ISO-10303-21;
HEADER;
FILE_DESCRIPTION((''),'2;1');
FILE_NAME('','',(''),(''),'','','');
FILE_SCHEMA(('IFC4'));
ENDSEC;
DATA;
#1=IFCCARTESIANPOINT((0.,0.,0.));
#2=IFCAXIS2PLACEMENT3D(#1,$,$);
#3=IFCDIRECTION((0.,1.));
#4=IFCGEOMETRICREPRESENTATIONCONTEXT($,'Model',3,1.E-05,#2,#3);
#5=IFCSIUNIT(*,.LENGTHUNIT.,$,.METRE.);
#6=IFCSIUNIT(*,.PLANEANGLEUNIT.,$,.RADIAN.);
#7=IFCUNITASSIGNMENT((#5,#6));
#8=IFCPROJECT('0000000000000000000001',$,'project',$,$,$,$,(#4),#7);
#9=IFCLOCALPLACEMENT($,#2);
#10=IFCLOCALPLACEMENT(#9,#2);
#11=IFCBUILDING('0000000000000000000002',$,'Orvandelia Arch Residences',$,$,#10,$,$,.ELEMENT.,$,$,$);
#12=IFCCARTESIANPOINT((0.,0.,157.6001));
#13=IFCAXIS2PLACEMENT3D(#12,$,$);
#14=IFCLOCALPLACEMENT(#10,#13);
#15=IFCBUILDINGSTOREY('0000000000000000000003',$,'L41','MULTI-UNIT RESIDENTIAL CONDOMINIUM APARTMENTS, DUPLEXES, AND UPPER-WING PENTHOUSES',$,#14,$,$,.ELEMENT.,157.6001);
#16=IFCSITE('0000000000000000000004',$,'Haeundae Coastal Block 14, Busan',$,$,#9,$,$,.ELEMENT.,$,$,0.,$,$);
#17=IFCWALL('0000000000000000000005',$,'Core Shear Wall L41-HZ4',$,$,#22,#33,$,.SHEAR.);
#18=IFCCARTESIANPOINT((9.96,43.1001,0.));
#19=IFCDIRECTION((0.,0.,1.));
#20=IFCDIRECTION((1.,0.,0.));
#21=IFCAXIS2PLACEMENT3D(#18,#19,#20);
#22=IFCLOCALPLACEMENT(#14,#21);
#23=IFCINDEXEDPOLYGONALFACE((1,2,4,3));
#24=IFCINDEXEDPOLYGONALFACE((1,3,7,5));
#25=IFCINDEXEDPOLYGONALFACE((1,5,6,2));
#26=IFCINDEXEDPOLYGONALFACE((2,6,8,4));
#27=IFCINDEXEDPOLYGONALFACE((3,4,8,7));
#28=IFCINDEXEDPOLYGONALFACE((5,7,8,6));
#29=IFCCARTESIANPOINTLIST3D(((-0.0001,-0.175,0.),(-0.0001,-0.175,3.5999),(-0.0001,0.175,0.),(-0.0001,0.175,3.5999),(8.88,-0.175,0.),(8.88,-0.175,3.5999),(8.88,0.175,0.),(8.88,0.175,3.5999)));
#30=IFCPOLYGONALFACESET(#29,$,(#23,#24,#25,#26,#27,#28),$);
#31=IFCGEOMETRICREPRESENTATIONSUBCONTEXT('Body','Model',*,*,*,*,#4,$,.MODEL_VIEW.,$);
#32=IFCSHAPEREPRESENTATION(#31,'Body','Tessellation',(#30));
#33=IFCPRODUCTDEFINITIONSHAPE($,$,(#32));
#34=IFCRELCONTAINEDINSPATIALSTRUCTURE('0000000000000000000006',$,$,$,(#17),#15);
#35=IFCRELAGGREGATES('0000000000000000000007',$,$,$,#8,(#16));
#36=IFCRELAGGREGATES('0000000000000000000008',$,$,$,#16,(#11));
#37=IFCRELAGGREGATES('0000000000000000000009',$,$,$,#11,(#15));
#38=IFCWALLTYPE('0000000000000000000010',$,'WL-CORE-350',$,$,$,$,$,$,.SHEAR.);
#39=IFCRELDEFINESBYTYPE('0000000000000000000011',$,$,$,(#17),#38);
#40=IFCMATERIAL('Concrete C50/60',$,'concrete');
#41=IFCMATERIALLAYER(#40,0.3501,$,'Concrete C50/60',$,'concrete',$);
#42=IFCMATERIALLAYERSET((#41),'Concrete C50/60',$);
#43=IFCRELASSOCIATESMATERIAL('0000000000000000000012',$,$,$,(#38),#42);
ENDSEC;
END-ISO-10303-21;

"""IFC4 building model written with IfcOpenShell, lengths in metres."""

from ifc_helpers import new_model, si_unit, direction, frame, frame_2d, origin, place, context, subcontext, project, spatial, rectangle, extrude, material, layer, layer_set, type_object, element, save


model = new_model("IFC4")

# Units and contexts
model_context = context("Model", 3, precision=1e-05, world=origin(), true_north=direction((0.0, 1.0)))
body_context = subcontext(model_context, "Body", "Model", "MODEL_VIEW")
ifc_project = project(units=[si_unit("LENGTHUNIT", "METRE"), si_unit("PLANEANGLEUNIT", "RADIAN")], contexts=[model_context])

# Site, building, storey
site_placement = place(None, origin())
site = spatial("IfcSite", under=ifc_project, at=site_placement, Name="Haeundae Coastal Block 14, Busan", CompositionType="ELEMENT", RefElevation=0.0)
building_placement = place(site_placement, origin())
building = spatial("IfcBuilding", under=site, at=building_placement, Name="Orvandelia Arch Residences", CompositionType="ELEMENT")
storey_placement = place(building_placement, frame((0.0, 0.0, 157.6001)))
storey = spatial("IfcBuildingStorey", under=building, at=storey_placement, Name="L41", Description="MULTI-UNIT RESIDENTIAL CONDOMINIUM APARTMENTS, DUPLEXES, AND UPPER-WING PENTHOUSES", CompositionType="ELEMENT", Elevation=157.6001)

# Wall
ifc_material_1 = material(Name="Concrete C50/60", Category="concrete")
ifc_layer_1 = layer(ifc_material_1, 0.3501, Name="Concrete C50/60", Category="concrete")
ifc_layer_set_1 = layer_set([ifc_layer_1], Name="Concrete C50/60")
wall_type_1 = type_object("IfcWallType", Name="WL-CORE-350", PredefinedType="SHEAR", material=ifc_layer_set_1)
wall_1_placement = place(storey_placement, frame((9.96, 43.1001, 0.0), z_axis=(0.0, 0.0, 1.0), x_axis=(1.0, 0.0, 0.0)))
element("IfcWall", 1, at=wall_1_placement, inside=storey, type_object=wall_type_1, Name="Core Shear Wall L41-HZ4", PredefinedType="SHEAR", context=body_context, shape_type="SweptSolid", body=[
    extrude(rectangle(XDim=8.8801, YDim=0.3501, at=frame_2d((4.4399, 0.0))), origin(), (0.0, 0.0, 1.0), 3.5999),
])

save(model, "model.ifc")
